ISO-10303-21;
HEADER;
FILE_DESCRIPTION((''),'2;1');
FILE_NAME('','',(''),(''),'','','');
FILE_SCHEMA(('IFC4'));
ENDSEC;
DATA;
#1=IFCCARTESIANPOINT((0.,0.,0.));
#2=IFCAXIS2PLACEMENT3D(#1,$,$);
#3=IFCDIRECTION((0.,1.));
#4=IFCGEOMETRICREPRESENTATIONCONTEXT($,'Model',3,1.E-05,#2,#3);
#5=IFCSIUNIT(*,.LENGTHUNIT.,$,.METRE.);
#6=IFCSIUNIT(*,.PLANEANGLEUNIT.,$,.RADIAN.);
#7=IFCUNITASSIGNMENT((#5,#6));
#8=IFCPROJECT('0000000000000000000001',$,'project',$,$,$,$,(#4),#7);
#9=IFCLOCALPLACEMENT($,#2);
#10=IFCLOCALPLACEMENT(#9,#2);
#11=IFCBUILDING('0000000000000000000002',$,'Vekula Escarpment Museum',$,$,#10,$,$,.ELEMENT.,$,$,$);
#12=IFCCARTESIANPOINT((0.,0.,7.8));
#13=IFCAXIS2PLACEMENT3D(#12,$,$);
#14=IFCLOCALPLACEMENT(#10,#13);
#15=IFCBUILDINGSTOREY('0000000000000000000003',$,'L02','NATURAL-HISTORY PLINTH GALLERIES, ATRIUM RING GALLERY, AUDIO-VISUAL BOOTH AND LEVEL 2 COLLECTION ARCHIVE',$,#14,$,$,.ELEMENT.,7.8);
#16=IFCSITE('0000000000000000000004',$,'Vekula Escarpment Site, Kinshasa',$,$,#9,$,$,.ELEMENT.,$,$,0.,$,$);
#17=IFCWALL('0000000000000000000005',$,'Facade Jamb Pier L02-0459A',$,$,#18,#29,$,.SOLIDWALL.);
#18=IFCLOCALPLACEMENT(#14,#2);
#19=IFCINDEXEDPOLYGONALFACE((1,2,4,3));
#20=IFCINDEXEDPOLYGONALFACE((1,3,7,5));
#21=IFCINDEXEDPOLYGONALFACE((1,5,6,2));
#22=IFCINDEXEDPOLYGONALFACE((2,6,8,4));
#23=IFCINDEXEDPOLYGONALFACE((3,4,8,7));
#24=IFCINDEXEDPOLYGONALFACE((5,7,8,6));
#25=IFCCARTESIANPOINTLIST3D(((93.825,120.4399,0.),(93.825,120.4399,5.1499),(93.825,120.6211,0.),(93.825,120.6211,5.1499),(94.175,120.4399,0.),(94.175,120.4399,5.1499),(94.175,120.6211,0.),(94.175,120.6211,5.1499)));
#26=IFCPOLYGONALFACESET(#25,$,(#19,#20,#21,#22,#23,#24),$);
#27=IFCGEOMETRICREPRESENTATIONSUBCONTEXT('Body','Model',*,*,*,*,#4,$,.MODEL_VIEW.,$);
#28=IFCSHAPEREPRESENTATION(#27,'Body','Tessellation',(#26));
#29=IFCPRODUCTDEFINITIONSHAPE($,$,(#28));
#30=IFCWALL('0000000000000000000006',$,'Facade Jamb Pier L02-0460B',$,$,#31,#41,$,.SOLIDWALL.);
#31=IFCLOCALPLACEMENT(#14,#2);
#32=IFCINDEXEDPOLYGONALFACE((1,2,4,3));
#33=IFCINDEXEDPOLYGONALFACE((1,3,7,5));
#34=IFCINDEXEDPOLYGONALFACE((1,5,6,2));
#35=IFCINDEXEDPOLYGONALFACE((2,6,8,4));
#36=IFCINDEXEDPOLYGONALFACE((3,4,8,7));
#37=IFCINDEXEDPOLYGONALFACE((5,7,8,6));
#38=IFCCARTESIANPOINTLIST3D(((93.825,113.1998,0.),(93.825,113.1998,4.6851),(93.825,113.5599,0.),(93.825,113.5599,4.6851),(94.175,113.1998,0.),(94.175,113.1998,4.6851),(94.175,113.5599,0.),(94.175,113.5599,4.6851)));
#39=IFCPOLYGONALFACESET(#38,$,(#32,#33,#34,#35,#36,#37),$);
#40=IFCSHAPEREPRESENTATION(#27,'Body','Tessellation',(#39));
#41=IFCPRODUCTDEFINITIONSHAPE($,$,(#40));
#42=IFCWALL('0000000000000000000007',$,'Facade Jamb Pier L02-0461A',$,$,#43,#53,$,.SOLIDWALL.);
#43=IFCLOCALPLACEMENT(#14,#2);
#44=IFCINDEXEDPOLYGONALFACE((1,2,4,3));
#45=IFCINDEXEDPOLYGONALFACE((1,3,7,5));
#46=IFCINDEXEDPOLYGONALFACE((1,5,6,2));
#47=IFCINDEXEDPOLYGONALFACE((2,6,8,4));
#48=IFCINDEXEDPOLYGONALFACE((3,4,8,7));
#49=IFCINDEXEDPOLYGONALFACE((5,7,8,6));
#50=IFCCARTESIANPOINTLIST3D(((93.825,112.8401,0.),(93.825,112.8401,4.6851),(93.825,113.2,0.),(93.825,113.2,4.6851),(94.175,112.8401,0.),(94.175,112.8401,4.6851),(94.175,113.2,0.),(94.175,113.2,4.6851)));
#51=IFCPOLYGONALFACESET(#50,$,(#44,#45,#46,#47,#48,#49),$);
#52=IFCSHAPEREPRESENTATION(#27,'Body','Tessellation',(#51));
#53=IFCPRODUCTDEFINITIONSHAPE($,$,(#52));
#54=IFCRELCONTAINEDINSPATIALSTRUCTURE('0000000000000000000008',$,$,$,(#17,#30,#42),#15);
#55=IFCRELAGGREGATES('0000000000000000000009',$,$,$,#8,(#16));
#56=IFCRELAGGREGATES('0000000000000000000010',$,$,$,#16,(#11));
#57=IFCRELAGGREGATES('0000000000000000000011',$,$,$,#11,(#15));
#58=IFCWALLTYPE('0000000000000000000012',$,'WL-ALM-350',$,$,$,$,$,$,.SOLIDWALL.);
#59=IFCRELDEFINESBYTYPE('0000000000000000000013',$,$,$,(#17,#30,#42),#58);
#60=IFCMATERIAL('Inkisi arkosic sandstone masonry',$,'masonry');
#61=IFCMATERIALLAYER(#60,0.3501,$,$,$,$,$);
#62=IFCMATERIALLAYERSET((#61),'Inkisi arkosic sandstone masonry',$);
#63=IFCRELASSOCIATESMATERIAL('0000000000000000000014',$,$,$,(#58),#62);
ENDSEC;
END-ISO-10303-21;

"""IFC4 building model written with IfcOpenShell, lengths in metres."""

from ifc_helpers import new_model, si_unit, direction, frame, frame_2d, origin, place, context, subcontext, project, spatial, rectangle, extrude, material, layer, layer_set, type_object, element, save


model = new_model("IFC4")

# Units and contexts
model_context = context("Model", 3, precision=1e-05, world=origin(), true_north=direction((0.0, 1.0)))
body_context = subcontext(model_context, "Body", "Model", "MODEL_VIEW")
ifc_project = project(units=[si_unit("LENGTHUNIT", "METRE"), si_unit("PLANEANGLEUNIT", "RADIAN")], contexts=[model_context])

# Site, building, storey
site_placement = place(None, origin())
site = spatial("IfcSite", under=ifc_project, at=site_placement, Name="Vekula Escarpment Site, Kinshasa", CompositionType="ELEMENT", RefElevation=0.0)
building_placement = place(site_placement, origin())
building = spatial("IfcBuilding", under=site, at=building_placement, Name="Vekula Escarpment Museum", CompositionType="ELEMENT")
storey_placement = place(building_placement, frame((0.0, 0.0, 7.8)))
storey = spatial("IfcBuildingStorey", under=building, at=storey_placement, Name="L02", Description="NATURAL-HISTORY PLINTH GALLERIES, ATRIUM RING GALLERY, AUDIO-VISUAL BOOTH AND LEVEL 2 COLLECTION ARCHIVE", CompositionType="ELEMENT", Elevation=7.8)

# Walls
ifc_material_1 = material(Name="Inkisi arkosic sandstone masonry", Category="masonry")
ifc_layer_1 = layer(ifc_material_1, 0.3501)
ifc_layer_set_1 = layer_set([ifc_layer_1], Name="Inkisi arkosic sandstone masonry")
wall_type = type_object("IfcWallType", Name="WL-ALM-350", PredefinedType="SOLIDWALL", material=ifc_layer_set_1)
wall_1_placement = place(storey_placement, frame((94.0, 120.6211, 0.0), z_axis=(0.0, 0.0, 1.0), x_axis=(0.0, -1.0, 0.0)))
element("IfcWall", 1, at=wall_1_placement, inside=storey, type_object=wall_type, Name="Facade Jamb Pier L02-0459A", PredefinedType="SOLIDWALL", context=body_context, shape_type="SweptSolid", body=[
    extrude(rectangle(XDim=0.1812, YDim=0.3501, at=frame_2d((0.0906, 0.0))), origin(), (0.0, 0.0, 1.0), 5.1499),
])
wall_2_placement = place(storey_placement, frame((94.0, 113.5601, 0.0), z_axis=(0.0, 0.0, 1.0), x_axis=(0.0, -1.0, 0.0)))
element("IfcWall", 2, at=wall_2_placement, inside=storey, type_object=wall_type, Name="Facade Jamb Pier L02-0460B", PredefinedType="SOLIDWALL", context=body_context, shape_type="SweptSolid", body=[
    extrude(rectangle(XDim=0.3601, YDim=0.3501, at=frame_2d((0.1802, 0.0))), origin(), (0.0, 0.0, 1.0), 4.6851),
])
wall_3_placement = place(storey_placement, frame((94.0, 113.2, 0.0), z_axis=(0.0, 0.0, 1.0), x_axis=(0.0, -1.0, 0.0)))
element("IfcWall", 3, at=wall_3_placement, inside=storey, type_object=wall_type, Name="Facade Jamb Pier L02-0461A", PredefinedType="SOLIDWALL", context=body_context, shape_type="SweptSolid", body=[
    extrude(rectangle(XDim=0.3599, YDim=0.3501, at=frame_2d((0.1799, 0.0))), origin(), (0.0, 0.0, 1.0), 4.6851),
])

save(model, "model.ifc")
